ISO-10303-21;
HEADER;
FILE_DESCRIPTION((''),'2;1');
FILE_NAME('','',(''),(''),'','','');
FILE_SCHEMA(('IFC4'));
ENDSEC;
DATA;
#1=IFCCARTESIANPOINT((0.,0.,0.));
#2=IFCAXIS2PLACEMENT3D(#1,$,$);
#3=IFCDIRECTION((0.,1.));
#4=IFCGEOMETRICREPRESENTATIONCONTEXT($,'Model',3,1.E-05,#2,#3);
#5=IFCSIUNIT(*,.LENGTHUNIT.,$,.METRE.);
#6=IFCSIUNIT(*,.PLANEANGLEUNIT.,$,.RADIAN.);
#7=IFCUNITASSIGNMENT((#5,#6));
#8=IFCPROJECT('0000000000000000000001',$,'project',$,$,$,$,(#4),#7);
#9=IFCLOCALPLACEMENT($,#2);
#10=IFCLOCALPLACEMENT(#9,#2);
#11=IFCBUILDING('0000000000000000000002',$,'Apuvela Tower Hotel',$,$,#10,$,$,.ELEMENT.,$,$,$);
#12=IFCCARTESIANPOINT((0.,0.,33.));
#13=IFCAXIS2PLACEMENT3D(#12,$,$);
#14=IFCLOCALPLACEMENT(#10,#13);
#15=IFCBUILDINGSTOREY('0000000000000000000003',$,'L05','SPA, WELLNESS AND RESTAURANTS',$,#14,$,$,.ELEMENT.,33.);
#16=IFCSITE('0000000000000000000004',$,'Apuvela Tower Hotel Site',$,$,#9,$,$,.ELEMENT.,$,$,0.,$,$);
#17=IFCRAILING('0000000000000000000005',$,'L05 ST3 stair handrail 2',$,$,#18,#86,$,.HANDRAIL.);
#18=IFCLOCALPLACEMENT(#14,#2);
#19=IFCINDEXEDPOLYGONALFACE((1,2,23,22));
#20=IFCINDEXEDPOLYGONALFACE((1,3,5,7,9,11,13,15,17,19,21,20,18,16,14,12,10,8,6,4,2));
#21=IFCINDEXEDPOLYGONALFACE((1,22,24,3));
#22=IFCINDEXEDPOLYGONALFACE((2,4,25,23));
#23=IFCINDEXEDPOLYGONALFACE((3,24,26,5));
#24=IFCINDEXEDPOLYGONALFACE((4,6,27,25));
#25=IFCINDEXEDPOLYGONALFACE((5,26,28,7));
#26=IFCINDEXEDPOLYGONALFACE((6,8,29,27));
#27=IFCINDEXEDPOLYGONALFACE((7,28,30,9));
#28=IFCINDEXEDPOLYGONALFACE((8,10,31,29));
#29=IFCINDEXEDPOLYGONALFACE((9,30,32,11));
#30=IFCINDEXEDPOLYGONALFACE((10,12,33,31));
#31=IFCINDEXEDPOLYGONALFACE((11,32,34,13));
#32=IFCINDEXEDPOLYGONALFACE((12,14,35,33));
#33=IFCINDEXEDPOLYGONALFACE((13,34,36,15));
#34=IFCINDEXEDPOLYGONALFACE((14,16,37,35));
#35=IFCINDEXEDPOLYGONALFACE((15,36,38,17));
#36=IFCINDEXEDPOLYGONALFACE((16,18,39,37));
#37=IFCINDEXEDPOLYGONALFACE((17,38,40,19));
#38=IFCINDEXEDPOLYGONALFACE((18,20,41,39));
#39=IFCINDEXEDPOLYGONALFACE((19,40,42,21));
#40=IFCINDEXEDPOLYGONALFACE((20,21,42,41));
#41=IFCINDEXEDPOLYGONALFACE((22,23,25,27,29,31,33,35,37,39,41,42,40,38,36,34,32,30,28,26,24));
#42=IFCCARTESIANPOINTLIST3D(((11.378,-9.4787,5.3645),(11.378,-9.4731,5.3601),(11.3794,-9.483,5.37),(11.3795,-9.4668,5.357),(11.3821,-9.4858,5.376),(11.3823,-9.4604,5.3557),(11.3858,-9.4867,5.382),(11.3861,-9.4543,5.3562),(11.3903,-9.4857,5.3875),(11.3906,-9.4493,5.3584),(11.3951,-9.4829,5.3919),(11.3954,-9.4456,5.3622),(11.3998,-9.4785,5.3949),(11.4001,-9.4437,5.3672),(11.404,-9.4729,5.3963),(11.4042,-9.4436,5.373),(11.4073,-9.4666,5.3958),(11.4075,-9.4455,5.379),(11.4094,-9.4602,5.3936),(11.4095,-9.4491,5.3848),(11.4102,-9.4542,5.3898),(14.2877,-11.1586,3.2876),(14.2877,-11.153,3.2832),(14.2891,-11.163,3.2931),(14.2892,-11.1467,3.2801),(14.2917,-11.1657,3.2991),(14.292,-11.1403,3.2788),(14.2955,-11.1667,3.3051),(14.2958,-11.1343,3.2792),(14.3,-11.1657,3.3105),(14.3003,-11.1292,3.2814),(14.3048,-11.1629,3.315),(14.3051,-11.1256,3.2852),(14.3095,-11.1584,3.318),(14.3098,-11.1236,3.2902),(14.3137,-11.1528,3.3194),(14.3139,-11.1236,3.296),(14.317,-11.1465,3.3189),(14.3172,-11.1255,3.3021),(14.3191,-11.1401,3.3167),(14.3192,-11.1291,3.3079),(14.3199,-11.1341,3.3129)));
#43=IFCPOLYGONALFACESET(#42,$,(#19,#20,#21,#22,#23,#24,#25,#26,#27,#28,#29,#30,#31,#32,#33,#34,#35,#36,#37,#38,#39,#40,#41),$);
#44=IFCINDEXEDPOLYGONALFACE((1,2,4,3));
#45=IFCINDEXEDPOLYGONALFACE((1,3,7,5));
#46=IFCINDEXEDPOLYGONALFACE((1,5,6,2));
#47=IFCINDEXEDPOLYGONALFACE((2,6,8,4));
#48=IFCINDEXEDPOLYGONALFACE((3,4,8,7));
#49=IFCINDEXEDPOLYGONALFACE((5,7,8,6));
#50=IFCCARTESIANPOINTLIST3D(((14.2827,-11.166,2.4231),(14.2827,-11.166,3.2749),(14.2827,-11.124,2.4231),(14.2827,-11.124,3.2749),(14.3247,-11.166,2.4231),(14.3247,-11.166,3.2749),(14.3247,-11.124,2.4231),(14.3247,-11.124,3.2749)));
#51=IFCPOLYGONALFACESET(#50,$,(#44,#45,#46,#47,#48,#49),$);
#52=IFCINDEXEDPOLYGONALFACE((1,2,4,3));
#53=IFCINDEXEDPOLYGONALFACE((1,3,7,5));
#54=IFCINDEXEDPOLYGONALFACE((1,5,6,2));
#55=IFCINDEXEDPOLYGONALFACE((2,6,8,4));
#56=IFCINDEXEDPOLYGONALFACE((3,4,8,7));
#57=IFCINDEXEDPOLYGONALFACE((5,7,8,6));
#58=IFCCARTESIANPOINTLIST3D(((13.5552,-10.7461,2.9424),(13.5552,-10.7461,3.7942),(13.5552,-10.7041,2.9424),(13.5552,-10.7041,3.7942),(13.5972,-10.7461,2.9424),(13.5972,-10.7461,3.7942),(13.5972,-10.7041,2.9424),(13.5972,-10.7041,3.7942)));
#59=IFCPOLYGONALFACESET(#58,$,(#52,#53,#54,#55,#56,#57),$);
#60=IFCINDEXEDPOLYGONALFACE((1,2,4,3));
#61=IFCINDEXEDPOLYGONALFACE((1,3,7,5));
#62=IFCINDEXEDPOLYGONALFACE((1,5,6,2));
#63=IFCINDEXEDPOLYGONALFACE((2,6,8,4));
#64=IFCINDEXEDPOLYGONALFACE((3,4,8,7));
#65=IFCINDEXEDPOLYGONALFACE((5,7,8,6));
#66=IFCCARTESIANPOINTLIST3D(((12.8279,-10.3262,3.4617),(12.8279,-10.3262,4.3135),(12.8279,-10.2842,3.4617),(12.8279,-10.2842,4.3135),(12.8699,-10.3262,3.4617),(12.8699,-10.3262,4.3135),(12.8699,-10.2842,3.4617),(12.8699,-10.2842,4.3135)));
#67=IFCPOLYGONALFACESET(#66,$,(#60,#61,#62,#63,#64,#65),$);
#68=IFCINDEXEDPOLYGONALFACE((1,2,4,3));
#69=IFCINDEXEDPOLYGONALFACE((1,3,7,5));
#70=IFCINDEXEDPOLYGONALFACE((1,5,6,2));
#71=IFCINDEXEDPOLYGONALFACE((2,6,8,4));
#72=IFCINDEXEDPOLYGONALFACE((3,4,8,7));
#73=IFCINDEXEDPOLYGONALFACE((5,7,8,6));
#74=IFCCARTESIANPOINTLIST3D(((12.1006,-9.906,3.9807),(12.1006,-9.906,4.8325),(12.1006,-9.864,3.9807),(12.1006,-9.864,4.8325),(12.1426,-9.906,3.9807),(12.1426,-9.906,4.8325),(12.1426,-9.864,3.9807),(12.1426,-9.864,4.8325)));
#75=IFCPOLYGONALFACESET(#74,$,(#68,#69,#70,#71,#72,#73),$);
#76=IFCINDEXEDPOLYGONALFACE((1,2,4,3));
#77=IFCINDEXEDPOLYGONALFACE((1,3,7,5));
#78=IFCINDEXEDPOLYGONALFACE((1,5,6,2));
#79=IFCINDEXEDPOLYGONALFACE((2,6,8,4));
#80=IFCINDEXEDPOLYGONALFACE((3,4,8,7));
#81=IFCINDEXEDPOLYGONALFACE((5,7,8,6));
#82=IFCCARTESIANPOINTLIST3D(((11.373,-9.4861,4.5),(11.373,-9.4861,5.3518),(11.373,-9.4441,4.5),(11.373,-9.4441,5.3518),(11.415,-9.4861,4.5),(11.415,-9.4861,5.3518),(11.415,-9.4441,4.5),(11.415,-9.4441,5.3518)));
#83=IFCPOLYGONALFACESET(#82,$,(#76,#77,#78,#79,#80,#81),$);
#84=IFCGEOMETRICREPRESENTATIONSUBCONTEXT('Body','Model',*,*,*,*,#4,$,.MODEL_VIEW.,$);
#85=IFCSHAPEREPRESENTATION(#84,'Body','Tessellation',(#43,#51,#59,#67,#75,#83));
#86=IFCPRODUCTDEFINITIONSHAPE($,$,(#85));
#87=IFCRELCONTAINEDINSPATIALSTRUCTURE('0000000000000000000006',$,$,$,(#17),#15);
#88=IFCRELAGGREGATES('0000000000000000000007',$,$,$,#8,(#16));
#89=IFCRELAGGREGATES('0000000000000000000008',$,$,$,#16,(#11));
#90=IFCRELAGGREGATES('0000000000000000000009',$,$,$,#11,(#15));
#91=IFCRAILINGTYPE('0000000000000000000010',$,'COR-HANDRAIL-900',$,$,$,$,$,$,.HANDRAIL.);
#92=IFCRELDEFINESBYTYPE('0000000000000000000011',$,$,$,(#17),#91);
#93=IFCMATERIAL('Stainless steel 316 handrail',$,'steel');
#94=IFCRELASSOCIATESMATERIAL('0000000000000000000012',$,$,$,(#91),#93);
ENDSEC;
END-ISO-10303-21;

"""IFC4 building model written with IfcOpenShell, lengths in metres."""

from ifc_helpers import new_model, si_unit, direction, frame, origin, origin_2d, place, context, subcontext, project, spatial, rectangle, circle, extrude, material, type_object, element, save


model = new_model("IFC4")

# Units and contexts
model_context = context("Model", 3, precision=1e-05, world=origin(), true_north=direction((0.0, 1.0)))
body_context = subcontext(model_context, "Body", "Model", "MODEL_VIEW")
ifc_project = project(units=[si_unit("LENGTHUNIT", "METRE"), si_unit("PLANEANGLEUNIT", "RADIAN")], contexts=[model_context])

# Site, building, storey
site_placement = place(None, origin())
site = spatial("IfcSite", under=ifc_project, at=site_placement, Name="Apuvela Tower Hotel Site", CompositionType="ELEMENT", RefElevation=0.0)
building_placement = place(site_placement, origin())
building = spatial("IfcBuilding", under=site, at=building_placement, Name="Apuvela Tower Hotel", CompositionType="ELEMENT")
storey_placement = place(building_placement, frame((0.0, 0.0, 33.0)))
storey = spatial("IfcBuildingStorey", under=building, at=storey_placement, Name="L05", Description="SPA, WELLNESS AND RESTAURANTS", CompositionType="ELEMENT", Elevation=33.0)

# Railing
ifc_material_1 = material(Name="Stainless steel 316 handrail", Category="steel")
railing_type = type_object("IfcRailingType", Name="COR-HANDRAIL-900", PredefinedType="HANDRAIL", material=ifc_material_1)
railing_placement = place(storey_placement, frame((14.3037, -11.145, 2.4231)))
element("IfcRailing", 1, at=railing_placement, inside=storey, type_object=railing_type, Name="L05 ST3 stair handrail 2", PredefinedType="HANDRAIL", context=body_context, shape_type="SweptSolid", body=[
    extrude(circle(Radius=0.0239, at=origin_2d()), frame((0.0, 0.0, 0.876), z_axis=(-0.73664, 0.425308, 0.525809), x_axis=(-0.500008, -0.866021, 0.0)), (0.0, 0.0, 1.0), 3.95),
    extrude(rectangle(XDim=0.042, YDim=0.042, at=origin_2d()), origin(), (0.0, 0.0, 1.0), 0.8518),
    extrude(rectangle(XDim=0.042, YDim=0.042, at=origin_2d()), frame((-0.7275, 0.4199, 0.5193)), (0.0, 0.0, 1.0), 0.8518),
    extrude(rectangle(XDim=0.042, YDim=0.042, at=origin_2d()), frame((-1.4548, 0.8398, 1.0386)), (0.0, 0.0, 1.0), 0.8518),
    extrude(rectangle(XDim=0.042, YDim=0.042, at=origin_2d()), frame((-2.1821, 1.26, 1.5576)), (0.0, 0.0, 1.0), 0.8518),
    extrude(rectangle(XDim=0.042, YDim=0.042, at=origin_2d()), frame((-2.9097, 1.6799, 2.0769)), (0.0, 0.0, 1.0), 0.8518),
])

save(model, "model.ifc")
